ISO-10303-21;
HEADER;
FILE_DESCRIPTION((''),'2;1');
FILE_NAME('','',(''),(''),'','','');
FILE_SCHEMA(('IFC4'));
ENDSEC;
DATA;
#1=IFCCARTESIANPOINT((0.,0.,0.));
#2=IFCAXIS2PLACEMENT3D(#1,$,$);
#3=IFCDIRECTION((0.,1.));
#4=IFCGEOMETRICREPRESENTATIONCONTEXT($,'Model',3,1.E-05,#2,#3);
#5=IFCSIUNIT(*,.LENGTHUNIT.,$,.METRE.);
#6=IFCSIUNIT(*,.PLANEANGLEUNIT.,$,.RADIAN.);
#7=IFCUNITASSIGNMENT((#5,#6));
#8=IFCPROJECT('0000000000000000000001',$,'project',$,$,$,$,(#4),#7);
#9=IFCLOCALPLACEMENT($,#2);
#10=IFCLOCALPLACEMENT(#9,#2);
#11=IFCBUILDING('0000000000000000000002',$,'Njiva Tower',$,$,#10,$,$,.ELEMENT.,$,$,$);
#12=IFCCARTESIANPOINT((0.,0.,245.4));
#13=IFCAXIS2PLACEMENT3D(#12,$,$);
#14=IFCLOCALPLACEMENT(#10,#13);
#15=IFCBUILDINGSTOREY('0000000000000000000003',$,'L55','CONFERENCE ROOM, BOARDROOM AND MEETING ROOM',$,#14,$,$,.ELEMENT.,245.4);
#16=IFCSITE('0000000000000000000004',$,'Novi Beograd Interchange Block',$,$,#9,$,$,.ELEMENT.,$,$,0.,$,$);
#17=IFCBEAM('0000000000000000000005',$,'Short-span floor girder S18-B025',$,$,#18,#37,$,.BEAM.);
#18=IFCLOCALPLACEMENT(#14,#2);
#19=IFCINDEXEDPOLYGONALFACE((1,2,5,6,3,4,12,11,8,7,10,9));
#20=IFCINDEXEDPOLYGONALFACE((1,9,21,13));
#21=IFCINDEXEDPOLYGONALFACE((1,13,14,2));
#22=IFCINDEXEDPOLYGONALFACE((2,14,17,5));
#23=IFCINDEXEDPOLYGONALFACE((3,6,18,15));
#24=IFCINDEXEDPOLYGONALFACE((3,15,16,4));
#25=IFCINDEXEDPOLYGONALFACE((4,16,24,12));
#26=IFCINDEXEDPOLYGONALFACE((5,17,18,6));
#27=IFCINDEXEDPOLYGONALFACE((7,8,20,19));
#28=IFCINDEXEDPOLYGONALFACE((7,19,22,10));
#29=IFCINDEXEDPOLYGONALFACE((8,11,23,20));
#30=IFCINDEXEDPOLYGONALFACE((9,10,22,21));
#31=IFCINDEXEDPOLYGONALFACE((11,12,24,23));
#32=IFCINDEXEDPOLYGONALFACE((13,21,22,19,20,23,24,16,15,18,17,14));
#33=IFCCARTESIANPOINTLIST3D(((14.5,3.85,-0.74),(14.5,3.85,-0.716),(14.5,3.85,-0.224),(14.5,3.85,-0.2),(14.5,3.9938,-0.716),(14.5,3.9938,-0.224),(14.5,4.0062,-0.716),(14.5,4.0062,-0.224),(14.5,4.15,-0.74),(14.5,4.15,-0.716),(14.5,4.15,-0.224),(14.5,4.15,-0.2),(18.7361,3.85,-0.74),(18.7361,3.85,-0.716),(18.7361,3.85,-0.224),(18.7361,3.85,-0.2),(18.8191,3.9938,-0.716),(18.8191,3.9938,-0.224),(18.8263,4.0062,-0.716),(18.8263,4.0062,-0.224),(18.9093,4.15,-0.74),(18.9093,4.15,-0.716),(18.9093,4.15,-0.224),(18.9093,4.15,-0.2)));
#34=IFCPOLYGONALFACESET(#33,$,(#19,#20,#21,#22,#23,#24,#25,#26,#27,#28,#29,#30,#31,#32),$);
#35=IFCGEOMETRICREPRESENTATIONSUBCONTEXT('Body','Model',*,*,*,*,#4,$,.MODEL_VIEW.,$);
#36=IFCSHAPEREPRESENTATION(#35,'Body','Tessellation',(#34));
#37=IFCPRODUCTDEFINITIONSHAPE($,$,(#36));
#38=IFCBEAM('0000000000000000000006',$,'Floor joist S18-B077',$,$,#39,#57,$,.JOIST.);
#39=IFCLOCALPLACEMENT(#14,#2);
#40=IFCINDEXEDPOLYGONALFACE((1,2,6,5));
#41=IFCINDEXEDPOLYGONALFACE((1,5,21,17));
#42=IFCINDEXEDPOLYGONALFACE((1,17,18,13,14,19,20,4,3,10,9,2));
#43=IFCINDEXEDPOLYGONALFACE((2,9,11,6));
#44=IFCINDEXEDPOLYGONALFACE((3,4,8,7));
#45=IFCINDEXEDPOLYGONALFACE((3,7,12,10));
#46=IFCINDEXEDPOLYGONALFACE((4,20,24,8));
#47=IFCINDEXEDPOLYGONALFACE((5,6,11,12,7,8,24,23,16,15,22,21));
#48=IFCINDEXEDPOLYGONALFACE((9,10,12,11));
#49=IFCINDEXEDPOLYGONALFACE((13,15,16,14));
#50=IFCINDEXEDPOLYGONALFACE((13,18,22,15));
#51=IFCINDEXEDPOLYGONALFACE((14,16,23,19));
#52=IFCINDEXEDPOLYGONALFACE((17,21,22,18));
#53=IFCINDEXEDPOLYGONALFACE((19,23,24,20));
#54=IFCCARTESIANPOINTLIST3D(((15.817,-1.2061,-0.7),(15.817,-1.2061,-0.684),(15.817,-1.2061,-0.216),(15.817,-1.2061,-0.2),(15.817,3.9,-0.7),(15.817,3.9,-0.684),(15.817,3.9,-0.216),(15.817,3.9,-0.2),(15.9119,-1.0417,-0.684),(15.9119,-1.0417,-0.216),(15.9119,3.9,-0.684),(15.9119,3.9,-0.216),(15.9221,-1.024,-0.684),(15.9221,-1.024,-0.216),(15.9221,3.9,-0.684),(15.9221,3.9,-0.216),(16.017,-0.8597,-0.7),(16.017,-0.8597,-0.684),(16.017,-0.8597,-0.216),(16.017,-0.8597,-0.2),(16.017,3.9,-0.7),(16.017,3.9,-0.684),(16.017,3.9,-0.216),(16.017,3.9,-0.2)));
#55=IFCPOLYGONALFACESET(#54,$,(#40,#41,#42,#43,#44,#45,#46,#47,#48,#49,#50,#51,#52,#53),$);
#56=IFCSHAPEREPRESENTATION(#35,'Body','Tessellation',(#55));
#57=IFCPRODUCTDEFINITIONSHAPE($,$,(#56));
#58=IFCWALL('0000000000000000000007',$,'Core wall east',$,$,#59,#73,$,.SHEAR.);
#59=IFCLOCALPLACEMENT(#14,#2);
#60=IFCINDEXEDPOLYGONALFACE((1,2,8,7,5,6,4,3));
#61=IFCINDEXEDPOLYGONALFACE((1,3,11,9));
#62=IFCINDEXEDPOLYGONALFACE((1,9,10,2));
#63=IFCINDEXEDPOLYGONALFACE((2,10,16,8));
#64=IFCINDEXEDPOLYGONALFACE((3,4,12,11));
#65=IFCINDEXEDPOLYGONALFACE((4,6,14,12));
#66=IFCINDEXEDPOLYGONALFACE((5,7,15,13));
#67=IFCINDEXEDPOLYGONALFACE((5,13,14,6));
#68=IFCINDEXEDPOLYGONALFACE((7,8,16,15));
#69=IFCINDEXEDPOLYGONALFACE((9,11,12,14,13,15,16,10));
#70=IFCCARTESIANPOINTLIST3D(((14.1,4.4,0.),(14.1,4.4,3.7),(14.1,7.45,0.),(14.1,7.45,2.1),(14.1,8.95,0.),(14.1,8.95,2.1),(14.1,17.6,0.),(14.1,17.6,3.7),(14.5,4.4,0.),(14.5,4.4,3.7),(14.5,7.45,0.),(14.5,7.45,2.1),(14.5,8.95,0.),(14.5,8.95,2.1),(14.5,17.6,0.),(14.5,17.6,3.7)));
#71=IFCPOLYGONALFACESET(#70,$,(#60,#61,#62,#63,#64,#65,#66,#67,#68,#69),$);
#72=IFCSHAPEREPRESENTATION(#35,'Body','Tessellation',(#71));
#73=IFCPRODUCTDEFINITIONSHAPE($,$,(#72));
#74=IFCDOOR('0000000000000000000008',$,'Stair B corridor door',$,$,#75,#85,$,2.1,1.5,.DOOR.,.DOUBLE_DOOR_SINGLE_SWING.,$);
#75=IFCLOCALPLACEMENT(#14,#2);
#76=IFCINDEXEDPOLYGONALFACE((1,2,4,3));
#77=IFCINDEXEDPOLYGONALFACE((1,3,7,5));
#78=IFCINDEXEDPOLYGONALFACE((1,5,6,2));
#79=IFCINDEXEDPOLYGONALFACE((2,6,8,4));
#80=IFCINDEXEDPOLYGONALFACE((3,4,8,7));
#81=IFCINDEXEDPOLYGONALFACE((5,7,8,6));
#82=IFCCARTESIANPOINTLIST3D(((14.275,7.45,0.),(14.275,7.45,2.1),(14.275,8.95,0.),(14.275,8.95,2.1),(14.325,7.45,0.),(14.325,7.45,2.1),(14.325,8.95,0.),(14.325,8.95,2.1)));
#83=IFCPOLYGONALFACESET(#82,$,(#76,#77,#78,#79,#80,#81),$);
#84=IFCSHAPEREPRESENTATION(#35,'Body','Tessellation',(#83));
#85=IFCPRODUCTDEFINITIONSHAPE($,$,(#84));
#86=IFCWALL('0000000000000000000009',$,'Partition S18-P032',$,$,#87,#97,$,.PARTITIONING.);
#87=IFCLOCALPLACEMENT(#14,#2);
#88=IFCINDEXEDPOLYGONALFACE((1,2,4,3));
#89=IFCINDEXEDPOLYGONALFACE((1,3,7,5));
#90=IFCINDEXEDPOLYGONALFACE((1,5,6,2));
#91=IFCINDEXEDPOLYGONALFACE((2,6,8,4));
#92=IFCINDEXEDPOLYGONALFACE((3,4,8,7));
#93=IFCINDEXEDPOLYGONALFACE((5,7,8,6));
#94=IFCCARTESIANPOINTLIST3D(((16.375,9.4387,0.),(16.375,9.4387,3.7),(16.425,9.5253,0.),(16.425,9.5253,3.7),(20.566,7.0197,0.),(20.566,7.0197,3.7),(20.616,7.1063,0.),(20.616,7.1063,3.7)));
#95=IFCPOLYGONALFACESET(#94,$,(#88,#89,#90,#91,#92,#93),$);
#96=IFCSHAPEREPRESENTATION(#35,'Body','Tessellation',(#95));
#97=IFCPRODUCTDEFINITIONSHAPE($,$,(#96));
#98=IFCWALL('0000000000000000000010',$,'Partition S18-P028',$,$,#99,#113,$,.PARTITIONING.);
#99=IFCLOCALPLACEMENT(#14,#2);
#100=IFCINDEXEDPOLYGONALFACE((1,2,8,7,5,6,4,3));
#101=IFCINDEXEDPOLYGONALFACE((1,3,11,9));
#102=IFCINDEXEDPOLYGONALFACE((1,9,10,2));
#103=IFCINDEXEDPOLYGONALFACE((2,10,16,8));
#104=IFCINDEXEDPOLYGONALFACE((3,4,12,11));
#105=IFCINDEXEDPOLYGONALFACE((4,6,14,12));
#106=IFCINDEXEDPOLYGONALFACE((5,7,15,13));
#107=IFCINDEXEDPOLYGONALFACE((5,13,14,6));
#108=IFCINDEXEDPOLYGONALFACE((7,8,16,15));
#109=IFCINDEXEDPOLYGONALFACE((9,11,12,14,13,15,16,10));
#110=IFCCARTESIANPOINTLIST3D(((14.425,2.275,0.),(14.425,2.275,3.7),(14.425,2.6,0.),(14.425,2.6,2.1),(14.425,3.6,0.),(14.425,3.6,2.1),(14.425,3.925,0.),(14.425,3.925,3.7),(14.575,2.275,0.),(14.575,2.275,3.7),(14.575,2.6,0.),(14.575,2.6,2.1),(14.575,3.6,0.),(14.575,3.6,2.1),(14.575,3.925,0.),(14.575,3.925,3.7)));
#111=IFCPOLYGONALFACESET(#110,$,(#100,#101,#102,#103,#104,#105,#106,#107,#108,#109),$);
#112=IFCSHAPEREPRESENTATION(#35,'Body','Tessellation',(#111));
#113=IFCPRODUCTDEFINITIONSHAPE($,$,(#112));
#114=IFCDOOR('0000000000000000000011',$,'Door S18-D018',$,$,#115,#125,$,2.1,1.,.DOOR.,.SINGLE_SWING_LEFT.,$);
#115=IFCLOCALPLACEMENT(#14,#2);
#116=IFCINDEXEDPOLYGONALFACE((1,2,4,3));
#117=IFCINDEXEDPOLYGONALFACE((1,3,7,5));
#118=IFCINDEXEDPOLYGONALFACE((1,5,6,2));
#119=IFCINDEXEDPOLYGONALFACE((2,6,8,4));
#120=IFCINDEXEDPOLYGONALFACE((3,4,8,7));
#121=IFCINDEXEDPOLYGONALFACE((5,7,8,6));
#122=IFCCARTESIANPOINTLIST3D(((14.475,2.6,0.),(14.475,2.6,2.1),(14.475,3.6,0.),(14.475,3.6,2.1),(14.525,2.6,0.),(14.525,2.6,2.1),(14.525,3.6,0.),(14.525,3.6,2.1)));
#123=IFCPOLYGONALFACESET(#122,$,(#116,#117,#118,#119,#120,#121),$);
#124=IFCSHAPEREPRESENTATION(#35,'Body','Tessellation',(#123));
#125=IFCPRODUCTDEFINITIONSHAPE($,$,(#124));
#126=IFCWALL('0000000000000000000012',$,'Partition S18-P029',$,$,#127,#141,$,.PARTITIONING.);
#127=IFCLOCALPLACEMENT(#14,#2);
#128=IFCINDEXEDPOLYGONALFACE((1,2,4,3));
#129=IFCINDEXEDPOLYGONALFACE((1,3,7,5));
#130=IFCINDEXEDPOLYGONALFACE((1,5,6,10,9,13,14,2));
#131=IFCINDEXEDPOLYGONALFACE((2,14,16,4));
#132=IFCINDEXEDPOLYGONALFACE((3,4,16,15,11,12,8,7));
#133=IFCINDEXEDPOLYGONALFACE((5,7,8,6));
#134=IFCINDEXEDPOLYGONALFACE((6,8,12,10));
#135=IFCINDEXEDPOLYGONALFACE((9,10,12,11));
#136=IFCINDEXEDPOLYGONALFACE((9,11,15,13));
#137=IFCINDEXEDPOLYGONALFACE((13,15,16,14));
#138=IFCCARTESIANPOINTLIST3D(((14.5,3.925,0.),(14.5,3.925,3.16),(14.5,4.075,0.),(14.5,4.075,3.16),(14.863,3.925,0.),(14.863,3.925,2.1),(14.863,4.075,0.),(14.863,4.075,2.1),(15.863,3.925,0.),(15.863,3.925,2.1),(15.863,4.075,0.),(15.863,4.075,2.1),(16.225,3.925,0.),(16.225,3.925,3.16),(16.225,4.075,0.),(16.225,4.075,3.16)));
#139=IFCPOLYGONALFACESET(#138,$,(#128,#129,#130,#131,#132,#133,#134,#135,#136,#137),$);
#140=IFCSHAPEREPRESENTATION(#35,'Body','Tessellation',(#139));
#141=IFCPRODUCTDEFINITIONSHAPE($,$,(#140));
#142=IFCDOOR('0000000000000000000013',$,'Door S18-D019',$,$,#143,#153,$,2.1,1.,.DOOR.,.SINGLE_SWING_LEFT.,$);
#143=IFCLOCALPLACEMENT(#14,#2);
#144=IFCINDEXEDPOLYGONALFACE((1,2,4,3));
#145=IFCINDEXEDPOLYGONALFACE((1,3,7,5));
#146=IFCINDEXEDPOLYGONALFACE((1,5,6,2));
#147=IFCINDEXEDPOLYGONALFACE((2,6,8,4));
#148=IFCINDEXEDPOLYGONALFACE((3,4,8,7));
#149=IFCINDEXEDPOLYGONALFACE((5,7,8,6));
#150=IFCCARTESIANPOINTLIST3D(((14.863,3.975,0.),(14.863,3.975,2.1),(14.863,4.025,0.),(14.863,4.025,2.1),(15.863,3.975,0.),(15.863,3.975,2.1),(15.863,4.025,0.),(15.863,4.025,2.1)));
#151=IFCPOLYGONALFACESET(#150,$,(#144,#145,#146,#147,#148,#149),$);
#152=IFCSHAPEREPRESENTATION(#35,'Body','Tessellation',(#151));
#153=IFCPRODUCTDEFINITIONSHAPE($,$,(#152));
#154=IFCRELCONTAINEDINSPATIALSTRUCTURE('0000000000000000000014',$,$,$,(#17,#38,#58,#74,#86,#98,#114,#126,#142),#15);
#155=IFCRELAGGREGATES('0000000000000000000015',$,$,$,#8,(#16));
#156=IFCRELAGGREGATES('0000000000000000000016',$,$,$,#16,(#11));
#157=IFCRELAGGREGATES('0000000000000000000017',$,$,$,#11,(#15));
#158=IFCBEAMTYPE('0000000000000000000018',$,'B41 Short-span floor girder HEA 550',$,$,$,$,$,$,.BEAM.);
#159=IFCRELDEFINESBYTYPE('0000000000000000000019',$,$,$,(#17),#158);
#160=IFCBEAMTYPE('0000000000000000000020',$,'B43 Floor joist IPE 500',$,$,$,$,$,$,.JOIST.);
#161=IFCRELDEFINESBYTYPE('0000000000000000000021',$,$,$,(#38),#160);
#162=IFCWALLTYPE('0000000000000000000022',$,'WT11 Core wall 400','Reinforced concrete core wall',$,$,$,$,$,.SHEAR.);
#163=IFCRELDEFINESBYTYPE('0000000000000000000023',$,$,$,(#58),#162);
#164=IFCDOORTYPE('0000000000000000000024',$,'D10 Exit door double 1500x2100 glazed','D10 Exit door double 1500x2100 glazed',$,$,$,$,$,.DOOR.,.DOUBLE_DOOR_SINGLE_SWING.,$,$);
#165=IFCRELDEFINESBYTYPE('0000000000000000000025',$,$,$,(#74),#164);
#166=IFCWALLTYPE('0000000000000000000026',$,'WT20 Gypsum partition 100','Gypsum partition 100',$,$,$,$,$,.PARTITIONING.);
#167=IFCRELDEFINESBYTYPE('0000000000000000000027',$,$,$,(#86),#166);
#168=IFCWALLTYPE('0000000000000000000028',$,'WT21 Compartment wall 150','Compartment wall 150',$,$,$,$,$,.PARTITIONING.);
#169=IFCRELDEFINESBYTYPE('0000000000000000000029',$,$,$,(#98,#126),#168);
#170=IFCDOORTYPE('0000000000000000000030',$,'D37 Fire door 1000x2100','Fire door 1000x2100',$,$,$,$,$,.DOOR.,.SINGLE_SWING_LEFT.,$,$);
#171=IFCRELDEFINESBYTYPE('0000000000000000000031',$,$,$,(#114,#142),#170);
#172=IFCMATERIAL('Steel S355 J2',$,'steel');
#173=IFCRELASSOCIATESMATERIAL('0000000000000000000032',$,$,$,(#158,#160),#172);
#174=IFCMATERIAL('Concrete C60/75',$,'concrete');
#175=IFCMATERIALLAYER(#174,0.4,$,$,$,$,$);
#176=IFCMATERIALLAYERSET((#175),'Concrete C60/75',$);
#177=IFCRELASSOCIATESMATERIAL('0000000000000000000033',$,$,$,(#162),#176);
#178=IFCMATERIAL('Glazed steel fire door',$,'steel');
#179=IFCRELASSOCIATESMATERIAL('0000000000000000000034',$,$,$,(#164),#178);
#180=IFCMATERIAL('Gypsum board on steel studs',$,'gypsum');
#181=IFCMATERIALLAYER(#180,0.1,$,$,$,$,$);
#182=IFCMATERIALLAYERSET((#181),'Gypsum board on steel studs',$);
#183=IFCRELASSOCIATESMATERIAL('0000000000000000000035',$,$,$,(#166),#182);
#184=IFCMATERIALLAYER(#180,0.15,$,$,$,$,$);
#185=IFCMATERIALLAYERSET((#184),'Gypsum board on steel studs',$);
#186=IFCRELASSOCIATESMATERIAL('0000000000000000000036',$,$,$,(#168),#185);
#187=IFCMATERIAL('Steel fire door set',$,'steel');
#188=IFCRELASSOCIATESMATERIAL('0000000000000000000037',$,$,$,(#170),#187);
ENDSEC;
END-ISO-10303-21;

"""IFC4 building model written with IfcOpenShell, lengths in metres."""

from ifc_helpers import new_model, si_unit, direction, frame, frame_2d, origin, origin_2d, place, context, subcontext, project, spatial, rectangle, i_section, extrude, clip, halfspace, material, layer, layer_set, material_profile, profile_set, type_object, element, fill, save


model = new_model("IFC4")

# Units and contexts
model_context = context("Model", 3, precision=1e-05, world=origin(), true_north=direction((0.0, 1.0)))
body_context = subcontext(model_context, "Body", "Model", "MODEL_VIEW")
ifc_project = project(units=[si_unit("LENGTHUNIT", "METRE"), si_unit("PLANEANGLEUNIT", "RADIAN")], contexts=[model_context])

# Site, building, storey
site_placement = place(None, origin())
site = spatial("IfcSite", under=ifc_project, at=site_placement, Name="Novi Beograd Interchange Block", CompositionType="ELEMENT", RefElevation=0.0)
building_placement = place(site_placement, origin())
building = spatial("IfcBuilding", under=site, at=building_placement, Name="Njiva Tower", CompositionType="ELEMENT")
storey_placement = place(building_placement, frame((0.0, 0.0, 245.4)))
storey = spatial("IfcBuildingStorey", under=building, at=storey_placement, Name="L55", Description="CONFERENCE ROOM, BOARDROOM AND MEETING ROOM", CompositionType="ELEMENT", Elevation=245.4)

# Shared definitions
ifc_material_1 = material(Name="Steel S355 J2", Category="steel")

# Beams
ifc_material_profile_1 = material_profile(ifc_material_1, i_section(OverallWidth=0.3, OverallDepth=0.54, WebThickness=0.0125, FlangeThickness=0.024, at=origin_2d()), Name="HEA 550")
ifc_profile_set_1 = profile_set([ifc_material_profile_1], Name="Steel S355 J2")
beam_type_1 = type_object("IfcBeamType", Name="B41 Short-span floor girder HEA 550", PredefinedType="BEAM", material=ifc_profile_set_1)
beam_1_placement = place(storey_placement, frame((14.5, 4.0, -0.47), z_axis=(1.0, 0.0, 0.0), x_axis=(0.0, 1.0, 0.0)))
element("IfcBeam", 1, at=beam_1_placement, inside=storey, type_object=beam_type_1, Name="Short-span floor girder S18-B025", PredefinedType="BEAM", context=body_context, shape_type="Clipping", body=[
    clip(extrude(i_section(OverallWidth=0.3, OverallDepth=0.54, WebThickness=0.0125, FlangeThickness=0.024, at=origin_2d()), origin(), (0.0, 0.0, 1.0), 4.43), halfspace(frame((-0.025, 0.0, 4.3083), z_axis=(-0.499998, 0.0, 0.866027), x_axis=(0.0, 1.0, 0.0)), False)),
])
ifc_material_profile_2 = material_profile(ifc_material_1, i_section(OverallWidth=0.2, OverallDepth=0.5, WebThickness=0.0102, FlangeThickness=0.016, at=origin_2d()), Name="IPE 500")
ifc_profile_set_2 = profile_set([ifc_material_profile_2], Name="Steel S355 J2")
beam_type_2 = type_object("IfcBeamType", Name="B43 Floor joist IPE 500", PredefinedType="JOIST", material=ifc_profile_set_2)
beam_2_placement = place(storey_placement, frame((15.917, 3.9, -0.45), z_axis=(0.0, -1.0, 0.0), x_axis=(1.0, 0.0, 0.0)))
element("IfcBeam", 2, at=beam_2_placement, inside=storey, type_object=beam_type_2, Name="Floor joist S18-B077", PredefinedType="JOIST", context=body_context, shape_type="Clipping", body=[
    clip(extrude(i_section(OverallWidth=0.2, OverallDepth=0.5, WebThickness=0.0102, FlangeThickness=0.016, at=origin_2d()), origin(), (0.0, 0.0, 1.0), 5.126), halfspace(frame((0.043, 0.0, 4.8584), z_axis=(0.866027, 0.0, 0.499998), x_axis=(0.0, 1.0, 0.0)), False)),
])

# Wall, opening, door
ifc_material_2 = material(Name="Concrete C60/75", Category="concrete")
ifc_layer_1 = layer(ifc_material_2, 0.4)
ifc_layer_set_1 = layer_set([ifc_layer_1], Name="Concrete C60/75")
wall_type_1 = type_object("IfcWallType", Name="WT11 Core wall 400", Description="Reinforced concrete core wall", PredefinedType="SHEAR", material=ifc_layer_set_1)
wall_1_placement = place(storey_placement, frame((14.3, 4.4, 0.0), z_axis=(0.0, 0.0, 1.0), x_axis=(0.0, 1.0, 0.0)))
wall_1 = element("IfcWall", 3, at=wall_1_placement, inside=storey, type_object=wall_type_1, Name="Core wall east", PredefinedType="SHEAR", context=body_context, shape_type="SweptSolid", body=[
    extrude(rectangle(XDim=13.2, YDim=0.4, at=frame_2d((6.6, 0.0))), origin(), (0.0, 0.0, 1.0), 3.7),
])
opening_1_placement = place(wall_1_placement, frame((3.05, 0.0, 0.0)))
opening_1 = element("IfcOpeningElement", 4, at=opening_1_placement, cuts=wall_1, PredefinedType="OPENING", context=body_context, shape_type="SweptSolid", body=[
    extrude(rectangle(XDim=1.5, YDim=2.1, at=frame_2d((0.75, 1.05))), frame((0.0, 0.21, 0.0), z_axis=(0.0, -1.0, 0.0), x_axis=(1.0, 0.0, 0.0)), (0.0, 0.0, 1.0), 0.42),
])
ifc_material_3 = material(Name="Glazed steel fire door", Category="steel")
door_type_1 = type_object("IfcDoorType", Name="D10 Exit door double 1500x2100 glazed", Description="D10 Exit door double 1500x2100 glazed", OperationType="DOUBLE_DOOR_SINGLE_SWING", PredefinedType="DOOR", material=ifc_material_3)
door_1_placement = place(opening_1_placement, origin())
door_1 = element("IfcDoor", 5, at=door_1_placement, inside=storey, type_object=door_type_1, Name="Stair B corridor door", OperationType="DOUBLE_DOOR_SINGLE_SWING", OverallHeight=2.1, OverallWidth=1.5, PredefinedType="DOOR", context=body_context, shape_type="SweptSolid", body=[
    extrude(rectangle(XDim=1.5, YDim=2.1, at=frame_2d((0.75, 1.05))), frame((0.0, 0.025, 0.0), z_axis=(0.0, -1.0, 0.0), x_axis=(1.0, 0.0, 0.0)), (0.0, 0.0, 1.0), 0.05),
])
fill(opening_1, door_1)

# Wall
ifc_material_4 = material(Name="Gypsum board on steel studs", Category="gypsum")
ifc_layer_2 = layer(ifc_material_4, 0.1)
ifc_layer_set_2 = layer_set([ifc_layer_2], Name="Gypsum board on steel studs")
wall_type_2 = type_object("IfcWallType", Name="WT20 Gypsum partition 100", Description="Gypsum partition 100", PredefinedType="PARTITIONING", material=ifc_layer_set_2)
wall_2_placement = place(storey_placement, frame((16.4, 9.482, 0.0), z_axis=(0.0, 0.0, 1.0), x_axis=(0.866086, -0.499895, 0.0)))
element("IfcWall", 6, at=wall_2_placement, inside=storey, type_object=wall_type_2, Name="Partition S18-P032", PredefinedType="PARTITIONING", context=body_context, shape_type="SweptSolid", body=[
    extrude(rectangle(XDim=4.839, YDim=0.1, at=frame_2d((2.4195, 0.0))), origin(), (0.0, 0.0, 1.0), 3.7),
])

# Walls, openings, doors
ifc_layer_3 = layer(ifc_material_4, 0.15)
ifc_layer_set_3 = layer_set([ifc_layer_3], Name="Gypsum board on steel studs")
wall_type_3 = type_object("IfcWallType", Name="WT21 Compartment wall 150", Description="Compartment wall 150", PredefinedType="PARTITIONING", material=ifc_layer_set_3)
wall_3_placement = place(storey_placement, frame((14.5, 2.275, 0.0), z_axis=(0.0, 0.0, 1.0), x_axis=(0.0, 1.0, 0.0)))
wall_3 = element("IfcWall", 7, at=wall_3_placement, inside=storey, type_object=wall_type_3, Name="Partition S18-P028", PredefinedType="PARTITIONING", context=body_context, shape_type="SweptSolid", body=[
    extrude(rectangle(XDim=1.65, YDim=0.15, at=frame_2d((0.825, 0.0))), origin(), (0.0, 0.0, 1.0), 3.7),
])
opening_2_placement = place(wall_3_placement, frame((0.325, 0.0, 0.0)))
opening_2 = element("IfcOpeningElement", 8, at=opening_2_placement, cuts=wall_3, PredefinedType="OPENING", context=body_context, shape_type="SweptSolid", body=[
    extrude(rectangle(XDim=1.0, YDim=2.1, at=frame_2d((0.5, 1.05))), frame((0.0, 0.085, 0.0), z_axis=(0.0, -1.0, 0.0), x_axis=(1.0, 0.0, 0.0)), (0.0, 0.0, 1.0), 0.17),
])
ifc_material_5 = material(Name="Steel fire door set", Category="steel")
door_type_2 = type_object("IfcDoorType", Name="D37 Fire door 1000x2100", Description="Fire door 1000x2100", OperationType="SINGLE_SWING_LEFT", PredefinedType="DOOR", material=ifc_material_5)
door_2_placement = place(opening_2_placement, origin())
door_2 = element("IfcDoor", 9, at=door_2_placement, inside=storey, type_object=door_type_2, Name="Door S18-D018", OperationType="SINGLE_SWING_LEFT", OverallHeight=2.1, OverallWidth=1.0, PredefinedType="DOOR", context=body_context, shape_type="SweptSolid", body=[
    extrude(rectangle(XDim=1.0, YDim=2.1, at=frame_2d((0.5, 1.05))), frame((0.0, 0.025, 0.0), z_axis=(0.0, -1.0, 0.0), x_axis=(1.0, 0.0, 0.0)), (0.0, 0.0, 1.0), 0.05),
])
fill(opening_2, door_2)
wall_4_placement = place(storey_placement, frame((14.5, 4.0, 0.0), z_axis=(0.0, 0.0, 1.0), x_axis=(1.0, 0.0, 0.0)))
wall_4 = element("IfcWall", 10, at=wall_4_placement, inside=storey, type_object=wall_type_3, Name="Partition S18-P029", PredefinedType="PARTITIONING", context=body_context, shape_type="SweptSolid", body=[
    extrude(rectangle(XDim=1.725, YDim=0.15, at=frame_2d((0.8625, 0.0))), origin(), (0.0, 0.0, 1.0), 3.16),
])
opening_3_placement = place(wall_4_placement, frame((0.363, 0.0, 0.0)))
opening_3 = element("IfcOpeningElement", 11, at=opening_3_placement, cuts=wall_4, PredefinedType="OPENING", context=body_context, shape_type="SweptSolid", body=[
    extrude(rectangle(XDim=1.0, YDim=2.1, at=frame_2d((0.5, 1.05))), frame((0.0, 0.085, 0.0), z_axis=(0.0, -1.0, 0.0), x_axis=(1.0, 0.0, 0.0)), (0.0, 0.0, 1.0), 0.17),
])
door_3_placement = place(opening_3_placement, origin())
door_3 = element("IfcDoor", 12, at=door_3_placement, inside=storey, type_object=door_type_2, Name="Door S18-D019", OperationType="SINGLE_SWING_LEFT", OverallHeight=2.1, OverallWidth=1.0, PredefinedType="DOOR", context=body_context, shape_type="SweptSolid", body=[
    extrude(rectangle(XDim=1.0, YDim=2.1, at=frame_2d((0.5, 1.05))), frame((0.0, 0.025, 0.0), z_axis=(0.0, -1.0, 0.0), x_axis=(1.0, 0.0, 0.0)), (0.0, 0.0, 1.0), 0.05),
])
fill(opening_3, door_3)

save(model, "model.ifc")
